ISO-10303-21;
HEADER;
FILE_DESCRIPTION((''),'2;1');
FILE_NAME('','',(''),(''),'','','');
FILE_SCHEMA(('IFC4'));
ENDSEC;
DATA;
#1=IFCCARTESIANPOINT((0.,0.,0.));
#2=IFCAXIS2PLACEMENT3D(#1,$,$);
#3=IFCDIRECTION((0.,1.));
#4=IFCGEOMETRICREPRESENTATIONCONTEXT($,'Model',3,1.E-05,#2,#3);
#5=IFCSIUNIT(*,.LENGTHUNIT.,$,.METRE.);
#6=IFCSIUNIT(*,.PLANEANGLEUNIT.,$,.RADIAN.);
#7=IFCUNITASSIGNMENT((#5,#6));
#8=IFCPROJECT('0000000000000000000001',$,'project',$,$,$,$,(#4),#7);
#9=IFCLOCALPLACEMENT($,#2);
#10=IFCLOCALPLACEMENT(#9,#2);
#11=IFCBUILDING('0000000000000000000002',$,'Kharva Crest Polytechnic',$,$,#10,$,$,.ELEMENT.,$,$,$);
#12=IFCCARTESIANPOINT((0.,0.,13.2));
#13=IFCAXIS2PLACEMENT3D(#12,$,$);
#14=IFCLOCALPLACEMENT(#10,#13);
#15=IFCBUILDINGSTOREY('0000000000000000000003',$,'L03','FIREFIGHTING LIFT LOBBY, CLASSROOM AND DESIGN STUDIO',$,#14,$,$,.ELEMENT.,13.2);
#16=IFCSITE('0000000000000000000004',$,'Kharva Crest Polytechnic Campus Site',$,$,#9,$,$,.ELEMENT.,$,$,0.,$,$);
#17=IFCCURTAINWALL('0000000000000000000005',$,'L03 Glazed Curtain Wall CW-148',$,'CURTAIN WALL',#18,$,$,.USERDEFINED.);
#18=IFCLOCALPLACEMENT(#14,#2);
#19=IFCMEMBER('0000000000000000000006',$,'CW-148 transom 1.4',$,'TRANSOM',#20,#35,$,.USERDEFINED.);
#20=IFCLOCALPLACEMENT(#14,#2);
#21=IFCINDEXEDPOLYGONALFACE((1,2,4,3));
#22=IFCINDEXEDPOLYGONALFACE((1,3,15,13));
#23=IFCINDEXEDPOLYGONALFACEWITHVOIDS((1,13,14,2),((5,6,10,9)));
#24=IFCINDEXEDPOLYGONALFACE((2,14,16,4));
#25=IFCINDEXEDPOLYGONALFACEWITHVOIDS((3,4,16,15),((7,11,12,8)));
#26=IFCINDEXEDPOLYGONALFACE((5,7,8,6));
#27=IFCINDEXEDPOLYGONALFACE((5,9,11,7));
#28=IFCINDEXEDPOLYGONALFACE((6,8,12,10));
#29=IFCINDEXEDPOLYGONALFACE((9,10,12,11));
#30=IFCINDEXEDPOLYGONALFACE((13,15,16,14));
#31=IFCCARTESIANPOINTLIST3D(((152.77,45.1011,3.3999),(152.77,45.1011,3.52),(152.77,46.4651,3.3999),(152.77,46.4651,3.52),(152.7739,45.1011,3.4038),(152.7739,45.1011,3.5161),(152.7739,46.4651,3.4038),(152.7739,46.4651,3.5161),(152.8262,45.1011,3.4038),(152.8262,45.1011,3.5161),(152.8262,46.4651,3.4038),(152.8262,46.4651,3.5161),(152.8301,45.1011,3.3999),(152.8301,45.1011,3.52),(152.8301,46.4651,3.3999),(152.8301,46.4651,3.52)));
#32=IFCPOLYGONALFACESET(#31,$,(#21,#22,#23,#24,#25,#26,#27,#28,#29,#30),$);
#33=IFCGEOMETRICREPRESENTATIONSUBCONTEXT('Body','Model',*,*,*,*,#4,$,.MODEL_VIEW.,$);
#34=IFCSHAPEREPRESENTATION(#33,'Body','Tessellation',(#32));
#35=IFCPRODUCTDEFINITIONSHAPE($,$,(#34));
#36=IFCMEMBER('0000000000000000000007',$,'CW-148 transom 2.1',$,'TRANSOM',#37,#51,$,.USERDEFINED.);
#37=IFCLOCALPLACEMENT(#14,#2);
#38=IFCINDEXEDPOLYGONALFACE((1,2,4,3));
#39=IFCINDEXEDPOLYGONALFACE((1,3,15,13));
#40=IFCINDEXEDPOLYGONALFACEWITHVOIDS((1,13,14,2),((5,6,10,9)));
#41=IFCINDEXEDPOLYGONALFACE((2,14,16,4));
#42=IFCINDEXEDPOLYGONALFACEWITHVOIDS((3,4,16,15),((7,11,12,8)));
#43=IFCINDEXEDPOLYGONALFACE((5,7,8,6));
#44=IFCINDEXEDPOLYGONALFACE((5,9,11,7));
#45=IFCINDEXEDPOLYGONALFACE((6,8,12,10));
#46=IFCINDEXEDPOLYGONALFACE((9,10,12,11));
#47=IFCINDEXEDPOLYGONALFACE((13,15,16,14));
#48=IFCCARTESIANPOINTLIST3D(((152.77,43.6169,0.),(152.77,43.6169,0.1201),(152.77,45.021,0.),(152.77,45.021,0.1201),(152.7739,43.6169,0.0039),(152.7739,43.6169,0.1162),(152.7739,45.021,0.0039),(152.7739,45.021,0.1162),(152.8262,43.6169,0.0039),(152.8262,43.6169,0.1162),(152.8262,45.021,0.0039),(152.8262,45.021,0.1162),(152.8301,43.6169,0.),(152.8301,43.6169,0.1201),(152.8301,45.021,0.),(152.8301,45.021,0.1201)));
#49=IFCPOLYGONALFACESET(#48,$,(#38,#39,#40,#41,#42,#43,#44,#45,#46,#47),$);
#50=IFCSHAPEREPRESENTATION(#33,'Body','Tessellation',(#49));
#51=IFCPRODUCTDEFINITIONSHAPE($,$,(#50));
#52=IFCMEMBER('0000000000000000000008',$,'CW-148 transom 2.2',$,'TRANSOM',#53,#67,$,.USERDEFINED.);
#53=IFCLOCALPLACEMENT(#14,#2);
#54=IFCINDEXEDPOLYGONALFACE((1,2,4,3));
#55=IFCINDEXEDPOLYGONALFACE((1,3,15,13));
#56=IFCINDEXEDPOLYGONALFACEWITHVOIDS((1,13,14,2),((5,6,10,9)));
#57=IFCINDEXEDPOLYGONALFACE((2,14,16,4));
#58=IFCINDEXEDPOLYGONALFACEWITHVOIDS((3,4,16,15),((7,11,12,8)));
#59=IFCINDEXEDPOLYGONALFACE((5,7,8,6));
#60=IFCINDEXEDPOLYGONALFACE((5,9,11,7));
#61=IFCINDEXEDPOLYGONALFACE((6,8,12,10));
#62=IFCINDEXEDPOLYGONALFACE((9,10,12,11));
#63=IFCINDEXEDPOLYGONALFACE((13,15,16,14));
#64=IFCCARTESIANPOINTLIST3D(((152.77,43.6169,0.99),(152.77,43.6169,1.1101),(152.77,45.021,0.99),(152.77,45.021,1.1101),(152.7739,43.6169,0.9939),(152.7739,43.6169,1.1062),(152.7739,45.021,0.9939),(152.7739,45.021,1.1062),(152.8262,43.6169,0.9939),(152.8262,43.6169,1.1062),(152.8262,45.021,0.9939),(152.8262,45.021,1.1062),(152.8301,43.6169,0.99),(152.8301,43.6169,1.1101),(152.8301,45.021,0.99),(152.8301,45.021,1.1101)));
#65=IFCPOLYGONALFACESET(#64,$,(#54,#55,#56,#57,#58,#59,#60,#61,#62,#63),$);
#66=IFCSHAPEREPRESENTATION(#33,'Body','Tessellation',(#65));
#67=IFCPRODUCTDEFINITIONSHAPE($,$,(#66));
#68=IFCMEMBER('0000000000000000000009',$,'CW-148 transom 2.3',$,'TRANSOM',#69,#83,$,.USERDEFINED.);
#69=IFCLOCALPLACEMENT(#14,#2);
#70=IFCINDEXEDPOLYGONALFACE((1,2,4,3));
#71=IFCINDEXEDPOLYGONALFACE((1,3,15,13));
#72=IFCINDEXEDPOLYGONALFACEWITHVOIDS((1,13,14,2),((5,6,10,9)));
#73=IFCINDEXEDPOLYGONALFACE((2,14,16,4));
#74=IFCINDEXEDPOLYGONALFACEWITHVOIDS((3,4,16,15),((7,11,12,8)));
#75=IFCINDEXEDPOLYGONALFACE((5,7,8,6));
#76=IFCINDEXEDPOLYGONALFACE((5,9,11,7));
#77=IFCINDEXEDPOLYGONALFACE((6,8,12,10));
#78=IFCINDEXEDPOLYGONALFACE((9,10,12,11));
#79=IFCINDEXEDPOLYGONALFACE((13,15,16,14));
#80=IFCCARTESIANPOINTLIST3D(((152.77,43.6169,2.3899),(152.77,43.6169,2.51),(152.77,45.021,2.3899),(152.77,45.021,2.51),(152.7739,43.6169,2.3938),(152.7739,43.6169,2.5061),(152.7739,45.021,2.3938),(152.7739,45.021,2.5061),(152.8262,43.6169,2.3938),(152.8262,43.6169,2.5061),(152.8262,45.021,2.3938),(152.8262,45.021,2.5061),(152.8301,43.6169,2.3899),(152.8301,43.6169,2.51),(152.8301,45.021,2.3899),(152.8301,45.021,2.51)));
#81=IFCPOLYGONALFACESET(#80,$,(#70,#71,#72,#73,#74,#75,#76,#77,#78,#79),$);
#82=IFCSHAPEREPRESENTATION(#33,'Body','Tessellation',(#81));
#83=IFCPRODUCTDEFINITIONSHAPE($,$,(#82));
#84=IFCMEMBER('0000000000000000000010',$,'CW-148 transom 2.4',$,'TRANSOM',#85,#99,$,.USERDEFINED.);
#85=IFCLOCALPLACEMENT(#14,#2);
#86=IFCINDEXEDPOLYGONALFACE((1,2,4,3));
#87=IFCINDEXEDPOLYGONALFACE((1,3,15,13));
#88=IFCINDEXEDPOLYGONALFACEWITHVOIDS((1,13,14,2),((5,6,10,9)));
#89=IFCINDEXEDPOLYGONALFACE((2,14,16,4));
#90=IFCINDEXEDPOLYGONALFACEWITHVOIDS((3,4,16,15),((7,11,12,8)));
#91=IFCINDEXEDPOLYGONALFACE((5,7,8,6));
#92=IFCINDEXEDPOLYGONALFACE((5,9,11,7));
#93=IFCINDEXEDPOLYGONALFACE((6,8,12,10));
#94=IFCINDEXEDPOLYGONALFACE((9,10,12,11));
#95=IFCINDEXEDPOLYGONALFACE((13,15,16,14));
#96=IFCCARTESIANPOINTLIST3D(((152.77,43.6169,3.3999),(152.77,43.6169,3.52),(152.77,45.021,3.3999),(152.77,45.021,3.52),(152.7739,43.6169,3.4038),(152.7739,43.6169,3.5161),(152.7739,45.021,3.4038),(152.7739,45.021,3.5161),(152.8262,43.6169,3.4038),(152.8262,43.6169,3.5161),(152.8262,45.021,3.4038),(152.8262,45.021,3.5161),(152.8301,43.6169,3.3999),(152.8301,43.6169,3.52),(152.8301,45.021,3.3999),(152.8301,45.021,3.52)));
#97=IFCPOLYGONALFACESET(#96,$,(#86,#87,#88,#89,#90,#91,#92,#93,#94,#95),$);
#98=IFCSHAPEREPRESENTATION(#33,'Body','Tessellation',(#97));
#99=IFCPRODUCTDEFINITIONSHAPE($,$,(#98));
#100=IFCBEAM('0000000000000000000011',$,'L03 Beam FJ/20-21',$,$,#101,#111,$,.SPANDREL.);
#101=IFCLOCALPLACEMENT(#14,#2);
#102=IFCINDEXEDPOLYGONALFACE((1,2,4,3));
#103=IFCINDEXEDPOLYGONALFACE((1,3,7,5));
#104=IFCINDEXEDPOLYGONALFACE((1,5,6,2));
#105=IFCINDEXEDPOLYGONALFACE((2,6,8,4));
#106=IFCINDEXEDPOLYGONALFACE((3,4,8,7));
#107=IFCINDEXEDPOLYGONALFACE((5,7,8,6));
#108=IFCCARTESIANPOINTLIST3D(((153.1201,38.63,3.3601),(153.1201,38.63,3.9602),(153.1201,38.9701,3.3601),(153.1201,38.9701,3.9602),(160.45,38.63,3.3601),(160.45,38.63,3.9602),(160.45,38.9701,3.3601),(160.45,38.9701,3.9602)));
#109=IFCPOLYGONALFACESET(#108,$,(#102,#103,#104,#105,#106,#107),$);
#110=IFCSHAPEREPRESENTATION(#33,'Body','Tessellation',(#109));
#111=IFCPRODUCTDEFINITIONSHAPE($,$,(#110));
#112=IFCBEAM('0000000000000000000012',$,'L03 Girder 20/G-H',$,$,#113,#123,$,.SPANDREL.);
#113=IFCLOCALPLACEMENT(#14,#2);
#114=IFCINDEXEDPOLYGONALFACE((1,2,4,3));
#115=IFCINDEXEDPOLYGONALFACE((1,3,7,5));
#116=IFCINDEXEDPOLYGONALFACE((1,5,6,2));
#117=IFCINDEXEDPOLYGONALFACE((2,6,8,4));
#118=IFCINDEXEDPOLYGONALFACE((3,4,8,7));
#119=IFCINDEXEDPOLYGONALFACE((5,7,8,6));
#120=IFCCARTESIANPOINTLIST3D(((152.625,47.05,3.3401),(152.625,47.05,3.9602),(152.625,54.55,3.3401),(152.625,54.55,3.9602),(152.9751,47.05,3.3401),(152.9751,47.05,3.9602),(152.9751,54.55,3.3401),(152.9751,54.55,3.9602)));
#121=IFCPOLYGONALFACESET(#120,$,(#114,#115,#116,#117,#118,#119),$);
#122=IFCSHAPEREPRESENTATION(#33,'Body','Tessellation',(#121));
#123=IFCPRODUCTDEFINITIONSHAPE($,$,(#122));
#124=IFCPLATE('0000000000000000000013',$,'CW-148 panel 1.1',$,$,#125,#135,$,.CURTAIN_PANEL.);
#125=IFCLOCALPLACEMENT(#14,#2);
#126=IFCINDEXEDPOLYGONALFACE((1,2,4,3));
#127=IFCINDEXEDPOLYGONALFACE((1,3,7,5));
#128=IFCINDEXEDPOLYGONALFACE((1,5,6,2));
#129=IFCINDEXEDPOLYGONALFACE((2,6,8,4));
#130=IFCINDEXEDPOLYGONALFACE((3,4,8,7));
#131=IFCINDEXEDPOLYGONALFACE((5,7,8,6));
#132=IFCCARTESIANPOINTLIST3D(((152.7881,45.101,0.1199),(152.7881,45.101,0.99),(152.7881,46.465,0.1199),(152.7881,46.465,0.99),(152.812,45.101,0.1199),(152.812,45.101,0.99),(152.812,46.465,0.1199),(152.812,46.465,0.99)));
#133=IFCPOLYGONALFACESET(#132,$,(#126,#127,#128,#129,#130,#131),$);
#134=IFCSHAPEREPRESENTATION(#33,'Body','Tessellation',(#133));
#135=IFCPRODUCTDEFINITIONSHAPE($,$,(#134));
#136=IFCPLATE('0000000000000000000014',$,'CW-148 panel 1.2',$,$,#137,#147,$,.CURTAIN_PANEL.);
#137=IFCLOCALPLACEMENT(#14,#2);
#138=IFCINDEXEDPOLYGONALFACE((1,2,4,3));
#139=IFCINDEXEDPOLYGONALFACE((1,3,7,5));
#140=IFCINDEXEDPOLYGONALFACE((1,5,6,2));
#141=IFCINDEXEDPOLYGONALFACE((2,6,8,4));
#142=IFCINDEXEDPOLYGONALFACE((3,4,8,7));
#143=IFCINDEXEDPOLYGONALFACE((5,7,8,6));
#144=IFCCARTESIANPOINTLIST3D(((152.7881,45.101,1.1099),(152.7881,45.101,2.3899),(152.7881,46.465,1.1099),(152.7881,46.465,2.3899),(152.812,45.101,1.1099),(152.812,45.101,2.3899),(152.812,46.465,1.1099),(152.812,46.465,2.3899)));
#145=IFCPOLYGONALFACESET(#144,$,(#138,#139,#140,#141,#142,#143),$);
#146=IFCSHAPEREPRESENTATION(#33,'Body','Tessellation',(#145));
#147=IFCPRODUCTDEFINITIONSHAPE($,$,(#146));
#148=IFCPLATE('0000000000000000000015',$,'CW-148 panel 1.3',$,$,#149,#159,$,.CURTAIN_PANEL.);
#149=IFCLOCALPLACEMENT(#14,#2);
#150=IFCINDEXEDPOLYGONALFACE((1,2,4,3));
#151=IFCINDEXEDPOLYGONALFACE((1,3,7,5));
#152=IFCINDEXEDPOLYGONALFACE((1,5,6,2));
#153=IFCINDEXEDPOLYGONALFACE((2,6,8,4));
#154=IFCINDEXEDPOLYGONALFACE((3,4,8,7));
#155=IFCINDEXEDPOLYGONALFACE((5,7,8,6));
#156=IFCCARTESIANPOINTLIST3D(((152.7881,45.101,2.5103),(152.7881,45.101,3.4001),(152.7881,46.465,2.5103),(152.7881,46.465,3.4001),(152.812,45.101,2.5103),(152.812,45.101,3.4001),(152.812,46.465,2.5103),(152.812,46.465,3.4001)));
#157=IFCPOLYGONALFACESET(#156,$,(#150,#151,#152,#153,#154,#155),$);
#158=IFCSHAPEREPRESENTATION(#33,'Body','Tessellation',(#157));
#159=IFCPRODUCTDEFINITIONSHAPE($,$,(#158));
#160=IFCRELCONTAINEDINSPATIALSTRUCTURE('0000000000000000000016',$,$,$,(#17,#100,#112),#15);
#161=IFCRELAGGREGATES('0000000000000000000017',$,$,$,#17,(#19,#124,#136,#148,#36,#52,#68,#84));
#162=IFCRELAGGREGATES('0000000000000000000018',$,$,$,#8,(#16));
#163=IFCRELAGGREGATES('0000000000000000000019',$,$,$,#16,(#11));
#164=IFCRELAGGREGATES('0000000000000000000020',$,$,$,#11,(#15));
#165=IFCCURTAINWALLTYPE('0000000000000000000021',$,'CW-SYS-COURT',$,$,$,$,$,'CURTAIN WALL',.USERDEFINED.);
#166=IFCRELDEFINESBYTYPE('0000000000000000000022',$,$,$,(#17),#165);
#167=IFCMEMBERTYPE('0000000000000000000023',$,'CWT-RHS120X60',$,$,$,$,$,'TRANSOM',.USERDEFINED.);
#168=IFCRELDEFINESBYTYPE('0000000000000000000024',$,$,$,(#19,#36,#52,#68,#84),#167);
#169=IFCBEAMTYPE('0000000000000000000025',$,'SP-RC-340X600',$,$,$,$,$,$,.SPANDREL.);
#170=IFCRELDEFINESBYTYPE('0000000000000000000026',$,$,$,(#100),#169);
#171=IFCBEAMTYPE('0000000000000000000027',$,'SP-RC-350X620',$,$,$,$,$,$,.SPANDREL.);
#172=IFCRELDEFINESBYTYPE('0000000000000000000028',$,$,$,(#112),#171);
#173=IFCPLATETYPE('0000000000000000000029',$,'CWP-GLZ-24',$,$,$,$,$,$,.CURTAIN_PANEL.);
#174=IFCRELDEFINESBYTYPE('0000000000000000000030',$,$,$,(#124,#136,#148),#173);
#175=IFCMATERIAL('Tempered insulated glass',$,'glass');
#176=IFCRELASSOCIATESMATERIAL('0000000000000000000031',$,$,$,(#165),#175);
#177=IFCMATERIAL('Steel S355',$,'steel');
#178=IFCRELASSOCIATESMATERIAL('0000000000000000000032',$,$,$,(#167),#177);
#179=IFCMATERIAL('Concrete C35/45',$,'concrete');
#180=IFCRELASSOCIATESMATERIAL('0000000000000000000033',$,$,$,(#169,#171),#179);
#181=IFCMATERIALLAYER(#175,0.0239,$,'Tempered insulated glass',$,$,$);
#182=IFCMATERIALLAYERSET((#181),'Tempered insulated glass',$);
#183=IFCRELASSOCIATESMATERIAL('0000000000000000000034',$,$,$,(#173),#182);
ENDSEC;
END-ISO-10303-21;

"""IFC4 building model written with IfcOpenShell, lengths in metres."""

from ifc_helpers import new_model, si_unit, direction, frame, origin, origin_2d, place, context, subcontext, project, spatial, rectangle, hollow_rectangle, extrude, material, layer, layer_set, material_profile, profile_set, type_object, element, aggregate, save


model = new_model("IFC4")

# Units and contexts
model_context = context("Model", 3, precision=1e-05, world=origin(), true_north=direction((0.0, 1.0)))
body_context = subcontext(model_context, "Body", "Model", "MODEL_VIEW")
ifc_project = project(units=[si_unit("LENGTHUNIT", "METRE"), si_unit("PLANEANGLEUNIT", "RADIAN")], contexts=[model_context])

# Site, building, storey
site_placement = place(None, origin())
site = spatial("IfcSite", under=ifc_project, at=site_placement, Name="Kharva Crest Polytechnic Campus Site", CompositionType="ELEMENT", RefElevation=0.0)
building_placement = place(site_placement, origin())
building = spatial("IfcBuilding", under=site, at=building_placement, Name="Kharva Crest Polytechnic", CompositionType="ELEMENT")
storey_placement = place(building_placement, frame((0.0, 0.0, 13.2)))
storey = spatial("IfcBuildingStorey", under=building, at=storey_placement, Name="L03", Description="FIREFIGHTING LIFT LOBBY, CLASSROOM AND DESIGN STUDIO", CompositionType="ELEMENT", Elevation=13.2)

# Shared definitions
ifc_material_1 = material(Name="Concrete C35/45", Category="concrete")

# Curtain wall, members
ifc_material_2 = material(Name="Tempered insulated glass", Category="glass")
curtain_wall_type = type_object("IfcCurtainWallType", Name="CW-SYS-COURT", ElementType="CURTAIN WALL", PredefinedType="USERDEFINED", material=ifc_material_2)
curtain_wall_placement = place(storey_placement, origin())
curtain_wall = element("IfcCurtainWall", 1, at=curtain_wall_placement, inside=storey, type_object=curtain_wall_type, Name="L03 Glazed Curtain Wall CW-148", ObjectType="CURTAIN WALL", PredefinedType="USERDEFINED")
ifc_material_3 = material(Name="Steel S355", Category="steel")
ifc_material_profile_1 = material_profile(ifc_material_3, hollow_rectangle(XDim=0.0601, YDim=0.1201, WallThickness=0.0039, at=origin_2d()), Name="RHS 120X60X4.0")
ifc_profile_set_1 = profile_set([ifc_material_profile_1], Name="Steel S355")
member_type_1 = type_object("IfcMemberType", Name="CWT-RHS120X60", ElementType="TRANSOM", PredefinedType="USERDEFINED", material=ifc_profile_set_1)
member_1_placement = place(storey_placement, frame((152.8, 46.4651, 3.46), z_axis=(0.0, -1.0, 0.0), x_axis=(1.0, 0.0, 0.0)))
member_1 = element("IfcMember", 2, at=member_1_placement, type_object=member_type_1, Name="CW-148 transom 1.4", ObjectType="TRANSOM", PredefinedType="USERDEFINED", context=body_context, shape_type="SweptSolid", body=[
    extrude(hollow_rectangle(XDim=0.0601, YDim=0.1201, WallThickness=0.0039, at=origin_2d()), origin(), (0.0, 0.0, 1.0), 1.364),
])
member_2_placement = place(storey_placement, frame((152.8, 45.021, 0.0601), z_axis=(0.0, -1.0, 0.0), x_axis=(1.0, 0.0, 0.0)))
member_2 = element("IfcMember", 3, at=member_2_placement, type_object=member_type_1, Name="CW-148 transom 2.1", ObjectType="TRANSOM", PredefinedType="USERDEFINED", context=body_context, shape_type="SweptSolid", body=[
    extrude(hollow_rectangle(XDim=0.0601, YDim=0.1201, WallThickness=0.0039, at=origin_2d()), origin(), (0.0, 0.0, 1.0), 1.4041),
])
member_3_placement = place(storey_placement, frame((152.8, 45.021, 1.05), z_axis=(0.0, -1.0, 0.0), x_axis=(1.0, 0.0, 0.0)))
member_3 = element("IfcMember", 4, at=member_3_placement, type_object=member_type_1, Name="CW-148 transom 2.2", ObjectType="TRANSOM", PredefinedType="USERDEFINED", context=body_context, shape_type="SweptSolid", body=[
    extrude(hollow_rectangle(XDim=0.0601, YDim=0.1201, WallThickness=0.0039, at=origin_2d()), origin(), (0.0, 0.0, 1.0), 1.4041),
])
member_4_placement = place(storey_placement, frame((152.8, 45.021, 2.45), z_axis=(0.0, -1.0, 0.0), x_axis=(1.0, 0.0, 0.0)))
member_4 = element("IfcMember", 5, at=member_4_placement, type_object=member_type_1, Name="CW-148 transom 2.3", ObjectType="TRANSOM", PredefinedType="USERDEFINED", context=body_context, shape_type="SweptSolid", body=[
    extrude(hollow_rectangle(XDim=0.0601, YDim=0.1201, WallThickness=0.0039, at=origin_2d()), origin(), (0.0, 0.0, 1.0), 1.4041),
])
member_5_placement = place(storey_placement, frame((152.8, 45.021, 3.46), z_axis=(0.0, -1.0, 0.0), x_axis=(1.0, 0.0, 0.0)))
member_5 = element("IfcMember", 6, at=member_5_placement, type_object=member_type_1, Name="CW-148 transom 2.4", ObjectType="TRANSOM", PredefinedType="USERDEFINED", context=body_context, shape_type="SweptSolid", body=[
    extrude(hollow_rectangle(XDim=0.0601, YDim=0.1201, WallThickness=0.0039, at=origin_2d()), origin(), (0.0, 0.0, 1.0), 1.4041),
])

# Beams
ifc_material_profile_2 = material_profile(ifc_material_1, rectangle(XDim=0.3401, YDim=0.6001, at=origin_2d()), Name="RECT 340 X 600")
ifc_profile_set_2 = profile_set([ifc_material_profile_2], Name="Concrete C35/45")
beam_type_1 = type_object("IfcBeamType", Name="SP-RC-340X600", PredefinedType="SPANDREL", material=ifc_profile_set_2)
beam_1_placement = place(storey_placement, frame((153.1201, 38.8, 3.6602), z_axis=(1.0, 0.0, 0.0), x_axis=(0.0, 1.0, 0.0)))
element("IfcBeam", 7, at=beam_1_placement, inside=storey, type_object=beam_type_1, Name="L03 Beam FJ/20-21", PredefinedType="SPANDREL", context=body_context, shape_type="SweptSolid", body=[
    extrude(rectangle(XDim=0.3401, YDim=0.6001, at=origin_2d()), origin(), (0.0, 0.0, 1.0), 7.3298),
])
ifc_material_profile_3 = material_profile(ifc_material_1, rectangle(XDim=0.3501, YDim=0.6201, at=origin_2d()), Name="RECT 350 X 620")
ifc_profile_set_3 = profile_set([ifc_material_profile_3], Name="Concrete C35/45")
beam_type_2 = type_object("IfcBeamType", Name="SP-RC-350X620", PredefinedType="SPANDREL", material=ifc_profile_set_3)
beam_2_placement = place(storey_placement, frame((152.8, 47.05, 3.6501), z_axis=(0.0, 1.0, 0.0), x_axis=(-1.0, 0.0, 0.0)))
element("IfcBeam", 8, at=beam_2_placement, inside=storey, type_object=beam_type_2, Name="L03 Girder 20/G-H", PredefinedType="SPANDREL", context=body_context, shape_type="SweptSolid", body=[
    extrude(rectangle(XDim=0.3501, YDim=0.6201, at=origin_2d()), origin(), (0.0, 0.0, 1.0), 7.5),
])

# Plates
ifc_layer_1 = layer(ifc_material_2, 0.0239, Name="Tempered insulated glass")
ifc_layer_set_1 = layer_set([ifc_layer_1], Name="Tempered insulated glass")
plate_type = type_object("IfcPlateType", Name="CWP-GLZ-24", PredefinedType="CURTAIN_PANEL", material=ifc_layer_set_1)
plate_1_placement = place(storey_placement, frame((152.8, 45.783, 0.1199), z_axis=(0.0, 0.0, 1.0), x_axis=(0.0, -1.0, 0.0)))
plate_1 = element("IfcPlate", 9, at=plate_1_placement, type_object=plate_type, Name="CW-148 panel 1.1", PredefinedType="CURTAIN_PANEL", context=body_context, shape_type="SweptSolid", body=[
    extrude(rectangle(XDim=1.364, YDim=0.0239, at=origin_2d()), origin(), (0.0, 0.0, 1.0), 0.8701),
])
plate_2_placement = place(storey_placement, frame((152.8, 45.783, 1.1099), z_axis=(0.0, 0.0, 1.0), x_axis=(0.0, -1.0, 0.0)))
plate_2 = element("IfcPlate", 10, at=plate_2_placement, type_object=plate_type, Name="CW-148 panel 1.2", PredefinedType="CURTAIN_PANEL", context=body_context, shape_type="SweptSolid", body=[
    extrude(rectangle(XDim=1.364, YDim=0.0239, at=origin_2d()), origin(), (0.0, 0.0, 1.0), 1.28),
])
plate_3_placement = place(storey_placement, frame((152.8, 45.783, 2.5103), z_axis=(0.0, 0.0, 1.0), x_axis=(0.0, -1.0, 0.0)))
plate_3 = element("IfcPlate", 11, at=plate_3_placement, type_object=plate_type, Name="CW-148 panel 1.3", PredefinedType="CURTAIN_PANEL", context=body_context, shape_type="SweptSolid", body=[
    extrude(rectangle(XDim=1.364, YDim=0.0239, at=origin_2d()), origin(), (0.0, 0.0, 1.0), 0.8899),
])
aggregate(curtain_wall, [member_1, plate_1, plate_2, plate_3, member_2, member_3, member_4, member_5])

save(model, "model.ifc")
